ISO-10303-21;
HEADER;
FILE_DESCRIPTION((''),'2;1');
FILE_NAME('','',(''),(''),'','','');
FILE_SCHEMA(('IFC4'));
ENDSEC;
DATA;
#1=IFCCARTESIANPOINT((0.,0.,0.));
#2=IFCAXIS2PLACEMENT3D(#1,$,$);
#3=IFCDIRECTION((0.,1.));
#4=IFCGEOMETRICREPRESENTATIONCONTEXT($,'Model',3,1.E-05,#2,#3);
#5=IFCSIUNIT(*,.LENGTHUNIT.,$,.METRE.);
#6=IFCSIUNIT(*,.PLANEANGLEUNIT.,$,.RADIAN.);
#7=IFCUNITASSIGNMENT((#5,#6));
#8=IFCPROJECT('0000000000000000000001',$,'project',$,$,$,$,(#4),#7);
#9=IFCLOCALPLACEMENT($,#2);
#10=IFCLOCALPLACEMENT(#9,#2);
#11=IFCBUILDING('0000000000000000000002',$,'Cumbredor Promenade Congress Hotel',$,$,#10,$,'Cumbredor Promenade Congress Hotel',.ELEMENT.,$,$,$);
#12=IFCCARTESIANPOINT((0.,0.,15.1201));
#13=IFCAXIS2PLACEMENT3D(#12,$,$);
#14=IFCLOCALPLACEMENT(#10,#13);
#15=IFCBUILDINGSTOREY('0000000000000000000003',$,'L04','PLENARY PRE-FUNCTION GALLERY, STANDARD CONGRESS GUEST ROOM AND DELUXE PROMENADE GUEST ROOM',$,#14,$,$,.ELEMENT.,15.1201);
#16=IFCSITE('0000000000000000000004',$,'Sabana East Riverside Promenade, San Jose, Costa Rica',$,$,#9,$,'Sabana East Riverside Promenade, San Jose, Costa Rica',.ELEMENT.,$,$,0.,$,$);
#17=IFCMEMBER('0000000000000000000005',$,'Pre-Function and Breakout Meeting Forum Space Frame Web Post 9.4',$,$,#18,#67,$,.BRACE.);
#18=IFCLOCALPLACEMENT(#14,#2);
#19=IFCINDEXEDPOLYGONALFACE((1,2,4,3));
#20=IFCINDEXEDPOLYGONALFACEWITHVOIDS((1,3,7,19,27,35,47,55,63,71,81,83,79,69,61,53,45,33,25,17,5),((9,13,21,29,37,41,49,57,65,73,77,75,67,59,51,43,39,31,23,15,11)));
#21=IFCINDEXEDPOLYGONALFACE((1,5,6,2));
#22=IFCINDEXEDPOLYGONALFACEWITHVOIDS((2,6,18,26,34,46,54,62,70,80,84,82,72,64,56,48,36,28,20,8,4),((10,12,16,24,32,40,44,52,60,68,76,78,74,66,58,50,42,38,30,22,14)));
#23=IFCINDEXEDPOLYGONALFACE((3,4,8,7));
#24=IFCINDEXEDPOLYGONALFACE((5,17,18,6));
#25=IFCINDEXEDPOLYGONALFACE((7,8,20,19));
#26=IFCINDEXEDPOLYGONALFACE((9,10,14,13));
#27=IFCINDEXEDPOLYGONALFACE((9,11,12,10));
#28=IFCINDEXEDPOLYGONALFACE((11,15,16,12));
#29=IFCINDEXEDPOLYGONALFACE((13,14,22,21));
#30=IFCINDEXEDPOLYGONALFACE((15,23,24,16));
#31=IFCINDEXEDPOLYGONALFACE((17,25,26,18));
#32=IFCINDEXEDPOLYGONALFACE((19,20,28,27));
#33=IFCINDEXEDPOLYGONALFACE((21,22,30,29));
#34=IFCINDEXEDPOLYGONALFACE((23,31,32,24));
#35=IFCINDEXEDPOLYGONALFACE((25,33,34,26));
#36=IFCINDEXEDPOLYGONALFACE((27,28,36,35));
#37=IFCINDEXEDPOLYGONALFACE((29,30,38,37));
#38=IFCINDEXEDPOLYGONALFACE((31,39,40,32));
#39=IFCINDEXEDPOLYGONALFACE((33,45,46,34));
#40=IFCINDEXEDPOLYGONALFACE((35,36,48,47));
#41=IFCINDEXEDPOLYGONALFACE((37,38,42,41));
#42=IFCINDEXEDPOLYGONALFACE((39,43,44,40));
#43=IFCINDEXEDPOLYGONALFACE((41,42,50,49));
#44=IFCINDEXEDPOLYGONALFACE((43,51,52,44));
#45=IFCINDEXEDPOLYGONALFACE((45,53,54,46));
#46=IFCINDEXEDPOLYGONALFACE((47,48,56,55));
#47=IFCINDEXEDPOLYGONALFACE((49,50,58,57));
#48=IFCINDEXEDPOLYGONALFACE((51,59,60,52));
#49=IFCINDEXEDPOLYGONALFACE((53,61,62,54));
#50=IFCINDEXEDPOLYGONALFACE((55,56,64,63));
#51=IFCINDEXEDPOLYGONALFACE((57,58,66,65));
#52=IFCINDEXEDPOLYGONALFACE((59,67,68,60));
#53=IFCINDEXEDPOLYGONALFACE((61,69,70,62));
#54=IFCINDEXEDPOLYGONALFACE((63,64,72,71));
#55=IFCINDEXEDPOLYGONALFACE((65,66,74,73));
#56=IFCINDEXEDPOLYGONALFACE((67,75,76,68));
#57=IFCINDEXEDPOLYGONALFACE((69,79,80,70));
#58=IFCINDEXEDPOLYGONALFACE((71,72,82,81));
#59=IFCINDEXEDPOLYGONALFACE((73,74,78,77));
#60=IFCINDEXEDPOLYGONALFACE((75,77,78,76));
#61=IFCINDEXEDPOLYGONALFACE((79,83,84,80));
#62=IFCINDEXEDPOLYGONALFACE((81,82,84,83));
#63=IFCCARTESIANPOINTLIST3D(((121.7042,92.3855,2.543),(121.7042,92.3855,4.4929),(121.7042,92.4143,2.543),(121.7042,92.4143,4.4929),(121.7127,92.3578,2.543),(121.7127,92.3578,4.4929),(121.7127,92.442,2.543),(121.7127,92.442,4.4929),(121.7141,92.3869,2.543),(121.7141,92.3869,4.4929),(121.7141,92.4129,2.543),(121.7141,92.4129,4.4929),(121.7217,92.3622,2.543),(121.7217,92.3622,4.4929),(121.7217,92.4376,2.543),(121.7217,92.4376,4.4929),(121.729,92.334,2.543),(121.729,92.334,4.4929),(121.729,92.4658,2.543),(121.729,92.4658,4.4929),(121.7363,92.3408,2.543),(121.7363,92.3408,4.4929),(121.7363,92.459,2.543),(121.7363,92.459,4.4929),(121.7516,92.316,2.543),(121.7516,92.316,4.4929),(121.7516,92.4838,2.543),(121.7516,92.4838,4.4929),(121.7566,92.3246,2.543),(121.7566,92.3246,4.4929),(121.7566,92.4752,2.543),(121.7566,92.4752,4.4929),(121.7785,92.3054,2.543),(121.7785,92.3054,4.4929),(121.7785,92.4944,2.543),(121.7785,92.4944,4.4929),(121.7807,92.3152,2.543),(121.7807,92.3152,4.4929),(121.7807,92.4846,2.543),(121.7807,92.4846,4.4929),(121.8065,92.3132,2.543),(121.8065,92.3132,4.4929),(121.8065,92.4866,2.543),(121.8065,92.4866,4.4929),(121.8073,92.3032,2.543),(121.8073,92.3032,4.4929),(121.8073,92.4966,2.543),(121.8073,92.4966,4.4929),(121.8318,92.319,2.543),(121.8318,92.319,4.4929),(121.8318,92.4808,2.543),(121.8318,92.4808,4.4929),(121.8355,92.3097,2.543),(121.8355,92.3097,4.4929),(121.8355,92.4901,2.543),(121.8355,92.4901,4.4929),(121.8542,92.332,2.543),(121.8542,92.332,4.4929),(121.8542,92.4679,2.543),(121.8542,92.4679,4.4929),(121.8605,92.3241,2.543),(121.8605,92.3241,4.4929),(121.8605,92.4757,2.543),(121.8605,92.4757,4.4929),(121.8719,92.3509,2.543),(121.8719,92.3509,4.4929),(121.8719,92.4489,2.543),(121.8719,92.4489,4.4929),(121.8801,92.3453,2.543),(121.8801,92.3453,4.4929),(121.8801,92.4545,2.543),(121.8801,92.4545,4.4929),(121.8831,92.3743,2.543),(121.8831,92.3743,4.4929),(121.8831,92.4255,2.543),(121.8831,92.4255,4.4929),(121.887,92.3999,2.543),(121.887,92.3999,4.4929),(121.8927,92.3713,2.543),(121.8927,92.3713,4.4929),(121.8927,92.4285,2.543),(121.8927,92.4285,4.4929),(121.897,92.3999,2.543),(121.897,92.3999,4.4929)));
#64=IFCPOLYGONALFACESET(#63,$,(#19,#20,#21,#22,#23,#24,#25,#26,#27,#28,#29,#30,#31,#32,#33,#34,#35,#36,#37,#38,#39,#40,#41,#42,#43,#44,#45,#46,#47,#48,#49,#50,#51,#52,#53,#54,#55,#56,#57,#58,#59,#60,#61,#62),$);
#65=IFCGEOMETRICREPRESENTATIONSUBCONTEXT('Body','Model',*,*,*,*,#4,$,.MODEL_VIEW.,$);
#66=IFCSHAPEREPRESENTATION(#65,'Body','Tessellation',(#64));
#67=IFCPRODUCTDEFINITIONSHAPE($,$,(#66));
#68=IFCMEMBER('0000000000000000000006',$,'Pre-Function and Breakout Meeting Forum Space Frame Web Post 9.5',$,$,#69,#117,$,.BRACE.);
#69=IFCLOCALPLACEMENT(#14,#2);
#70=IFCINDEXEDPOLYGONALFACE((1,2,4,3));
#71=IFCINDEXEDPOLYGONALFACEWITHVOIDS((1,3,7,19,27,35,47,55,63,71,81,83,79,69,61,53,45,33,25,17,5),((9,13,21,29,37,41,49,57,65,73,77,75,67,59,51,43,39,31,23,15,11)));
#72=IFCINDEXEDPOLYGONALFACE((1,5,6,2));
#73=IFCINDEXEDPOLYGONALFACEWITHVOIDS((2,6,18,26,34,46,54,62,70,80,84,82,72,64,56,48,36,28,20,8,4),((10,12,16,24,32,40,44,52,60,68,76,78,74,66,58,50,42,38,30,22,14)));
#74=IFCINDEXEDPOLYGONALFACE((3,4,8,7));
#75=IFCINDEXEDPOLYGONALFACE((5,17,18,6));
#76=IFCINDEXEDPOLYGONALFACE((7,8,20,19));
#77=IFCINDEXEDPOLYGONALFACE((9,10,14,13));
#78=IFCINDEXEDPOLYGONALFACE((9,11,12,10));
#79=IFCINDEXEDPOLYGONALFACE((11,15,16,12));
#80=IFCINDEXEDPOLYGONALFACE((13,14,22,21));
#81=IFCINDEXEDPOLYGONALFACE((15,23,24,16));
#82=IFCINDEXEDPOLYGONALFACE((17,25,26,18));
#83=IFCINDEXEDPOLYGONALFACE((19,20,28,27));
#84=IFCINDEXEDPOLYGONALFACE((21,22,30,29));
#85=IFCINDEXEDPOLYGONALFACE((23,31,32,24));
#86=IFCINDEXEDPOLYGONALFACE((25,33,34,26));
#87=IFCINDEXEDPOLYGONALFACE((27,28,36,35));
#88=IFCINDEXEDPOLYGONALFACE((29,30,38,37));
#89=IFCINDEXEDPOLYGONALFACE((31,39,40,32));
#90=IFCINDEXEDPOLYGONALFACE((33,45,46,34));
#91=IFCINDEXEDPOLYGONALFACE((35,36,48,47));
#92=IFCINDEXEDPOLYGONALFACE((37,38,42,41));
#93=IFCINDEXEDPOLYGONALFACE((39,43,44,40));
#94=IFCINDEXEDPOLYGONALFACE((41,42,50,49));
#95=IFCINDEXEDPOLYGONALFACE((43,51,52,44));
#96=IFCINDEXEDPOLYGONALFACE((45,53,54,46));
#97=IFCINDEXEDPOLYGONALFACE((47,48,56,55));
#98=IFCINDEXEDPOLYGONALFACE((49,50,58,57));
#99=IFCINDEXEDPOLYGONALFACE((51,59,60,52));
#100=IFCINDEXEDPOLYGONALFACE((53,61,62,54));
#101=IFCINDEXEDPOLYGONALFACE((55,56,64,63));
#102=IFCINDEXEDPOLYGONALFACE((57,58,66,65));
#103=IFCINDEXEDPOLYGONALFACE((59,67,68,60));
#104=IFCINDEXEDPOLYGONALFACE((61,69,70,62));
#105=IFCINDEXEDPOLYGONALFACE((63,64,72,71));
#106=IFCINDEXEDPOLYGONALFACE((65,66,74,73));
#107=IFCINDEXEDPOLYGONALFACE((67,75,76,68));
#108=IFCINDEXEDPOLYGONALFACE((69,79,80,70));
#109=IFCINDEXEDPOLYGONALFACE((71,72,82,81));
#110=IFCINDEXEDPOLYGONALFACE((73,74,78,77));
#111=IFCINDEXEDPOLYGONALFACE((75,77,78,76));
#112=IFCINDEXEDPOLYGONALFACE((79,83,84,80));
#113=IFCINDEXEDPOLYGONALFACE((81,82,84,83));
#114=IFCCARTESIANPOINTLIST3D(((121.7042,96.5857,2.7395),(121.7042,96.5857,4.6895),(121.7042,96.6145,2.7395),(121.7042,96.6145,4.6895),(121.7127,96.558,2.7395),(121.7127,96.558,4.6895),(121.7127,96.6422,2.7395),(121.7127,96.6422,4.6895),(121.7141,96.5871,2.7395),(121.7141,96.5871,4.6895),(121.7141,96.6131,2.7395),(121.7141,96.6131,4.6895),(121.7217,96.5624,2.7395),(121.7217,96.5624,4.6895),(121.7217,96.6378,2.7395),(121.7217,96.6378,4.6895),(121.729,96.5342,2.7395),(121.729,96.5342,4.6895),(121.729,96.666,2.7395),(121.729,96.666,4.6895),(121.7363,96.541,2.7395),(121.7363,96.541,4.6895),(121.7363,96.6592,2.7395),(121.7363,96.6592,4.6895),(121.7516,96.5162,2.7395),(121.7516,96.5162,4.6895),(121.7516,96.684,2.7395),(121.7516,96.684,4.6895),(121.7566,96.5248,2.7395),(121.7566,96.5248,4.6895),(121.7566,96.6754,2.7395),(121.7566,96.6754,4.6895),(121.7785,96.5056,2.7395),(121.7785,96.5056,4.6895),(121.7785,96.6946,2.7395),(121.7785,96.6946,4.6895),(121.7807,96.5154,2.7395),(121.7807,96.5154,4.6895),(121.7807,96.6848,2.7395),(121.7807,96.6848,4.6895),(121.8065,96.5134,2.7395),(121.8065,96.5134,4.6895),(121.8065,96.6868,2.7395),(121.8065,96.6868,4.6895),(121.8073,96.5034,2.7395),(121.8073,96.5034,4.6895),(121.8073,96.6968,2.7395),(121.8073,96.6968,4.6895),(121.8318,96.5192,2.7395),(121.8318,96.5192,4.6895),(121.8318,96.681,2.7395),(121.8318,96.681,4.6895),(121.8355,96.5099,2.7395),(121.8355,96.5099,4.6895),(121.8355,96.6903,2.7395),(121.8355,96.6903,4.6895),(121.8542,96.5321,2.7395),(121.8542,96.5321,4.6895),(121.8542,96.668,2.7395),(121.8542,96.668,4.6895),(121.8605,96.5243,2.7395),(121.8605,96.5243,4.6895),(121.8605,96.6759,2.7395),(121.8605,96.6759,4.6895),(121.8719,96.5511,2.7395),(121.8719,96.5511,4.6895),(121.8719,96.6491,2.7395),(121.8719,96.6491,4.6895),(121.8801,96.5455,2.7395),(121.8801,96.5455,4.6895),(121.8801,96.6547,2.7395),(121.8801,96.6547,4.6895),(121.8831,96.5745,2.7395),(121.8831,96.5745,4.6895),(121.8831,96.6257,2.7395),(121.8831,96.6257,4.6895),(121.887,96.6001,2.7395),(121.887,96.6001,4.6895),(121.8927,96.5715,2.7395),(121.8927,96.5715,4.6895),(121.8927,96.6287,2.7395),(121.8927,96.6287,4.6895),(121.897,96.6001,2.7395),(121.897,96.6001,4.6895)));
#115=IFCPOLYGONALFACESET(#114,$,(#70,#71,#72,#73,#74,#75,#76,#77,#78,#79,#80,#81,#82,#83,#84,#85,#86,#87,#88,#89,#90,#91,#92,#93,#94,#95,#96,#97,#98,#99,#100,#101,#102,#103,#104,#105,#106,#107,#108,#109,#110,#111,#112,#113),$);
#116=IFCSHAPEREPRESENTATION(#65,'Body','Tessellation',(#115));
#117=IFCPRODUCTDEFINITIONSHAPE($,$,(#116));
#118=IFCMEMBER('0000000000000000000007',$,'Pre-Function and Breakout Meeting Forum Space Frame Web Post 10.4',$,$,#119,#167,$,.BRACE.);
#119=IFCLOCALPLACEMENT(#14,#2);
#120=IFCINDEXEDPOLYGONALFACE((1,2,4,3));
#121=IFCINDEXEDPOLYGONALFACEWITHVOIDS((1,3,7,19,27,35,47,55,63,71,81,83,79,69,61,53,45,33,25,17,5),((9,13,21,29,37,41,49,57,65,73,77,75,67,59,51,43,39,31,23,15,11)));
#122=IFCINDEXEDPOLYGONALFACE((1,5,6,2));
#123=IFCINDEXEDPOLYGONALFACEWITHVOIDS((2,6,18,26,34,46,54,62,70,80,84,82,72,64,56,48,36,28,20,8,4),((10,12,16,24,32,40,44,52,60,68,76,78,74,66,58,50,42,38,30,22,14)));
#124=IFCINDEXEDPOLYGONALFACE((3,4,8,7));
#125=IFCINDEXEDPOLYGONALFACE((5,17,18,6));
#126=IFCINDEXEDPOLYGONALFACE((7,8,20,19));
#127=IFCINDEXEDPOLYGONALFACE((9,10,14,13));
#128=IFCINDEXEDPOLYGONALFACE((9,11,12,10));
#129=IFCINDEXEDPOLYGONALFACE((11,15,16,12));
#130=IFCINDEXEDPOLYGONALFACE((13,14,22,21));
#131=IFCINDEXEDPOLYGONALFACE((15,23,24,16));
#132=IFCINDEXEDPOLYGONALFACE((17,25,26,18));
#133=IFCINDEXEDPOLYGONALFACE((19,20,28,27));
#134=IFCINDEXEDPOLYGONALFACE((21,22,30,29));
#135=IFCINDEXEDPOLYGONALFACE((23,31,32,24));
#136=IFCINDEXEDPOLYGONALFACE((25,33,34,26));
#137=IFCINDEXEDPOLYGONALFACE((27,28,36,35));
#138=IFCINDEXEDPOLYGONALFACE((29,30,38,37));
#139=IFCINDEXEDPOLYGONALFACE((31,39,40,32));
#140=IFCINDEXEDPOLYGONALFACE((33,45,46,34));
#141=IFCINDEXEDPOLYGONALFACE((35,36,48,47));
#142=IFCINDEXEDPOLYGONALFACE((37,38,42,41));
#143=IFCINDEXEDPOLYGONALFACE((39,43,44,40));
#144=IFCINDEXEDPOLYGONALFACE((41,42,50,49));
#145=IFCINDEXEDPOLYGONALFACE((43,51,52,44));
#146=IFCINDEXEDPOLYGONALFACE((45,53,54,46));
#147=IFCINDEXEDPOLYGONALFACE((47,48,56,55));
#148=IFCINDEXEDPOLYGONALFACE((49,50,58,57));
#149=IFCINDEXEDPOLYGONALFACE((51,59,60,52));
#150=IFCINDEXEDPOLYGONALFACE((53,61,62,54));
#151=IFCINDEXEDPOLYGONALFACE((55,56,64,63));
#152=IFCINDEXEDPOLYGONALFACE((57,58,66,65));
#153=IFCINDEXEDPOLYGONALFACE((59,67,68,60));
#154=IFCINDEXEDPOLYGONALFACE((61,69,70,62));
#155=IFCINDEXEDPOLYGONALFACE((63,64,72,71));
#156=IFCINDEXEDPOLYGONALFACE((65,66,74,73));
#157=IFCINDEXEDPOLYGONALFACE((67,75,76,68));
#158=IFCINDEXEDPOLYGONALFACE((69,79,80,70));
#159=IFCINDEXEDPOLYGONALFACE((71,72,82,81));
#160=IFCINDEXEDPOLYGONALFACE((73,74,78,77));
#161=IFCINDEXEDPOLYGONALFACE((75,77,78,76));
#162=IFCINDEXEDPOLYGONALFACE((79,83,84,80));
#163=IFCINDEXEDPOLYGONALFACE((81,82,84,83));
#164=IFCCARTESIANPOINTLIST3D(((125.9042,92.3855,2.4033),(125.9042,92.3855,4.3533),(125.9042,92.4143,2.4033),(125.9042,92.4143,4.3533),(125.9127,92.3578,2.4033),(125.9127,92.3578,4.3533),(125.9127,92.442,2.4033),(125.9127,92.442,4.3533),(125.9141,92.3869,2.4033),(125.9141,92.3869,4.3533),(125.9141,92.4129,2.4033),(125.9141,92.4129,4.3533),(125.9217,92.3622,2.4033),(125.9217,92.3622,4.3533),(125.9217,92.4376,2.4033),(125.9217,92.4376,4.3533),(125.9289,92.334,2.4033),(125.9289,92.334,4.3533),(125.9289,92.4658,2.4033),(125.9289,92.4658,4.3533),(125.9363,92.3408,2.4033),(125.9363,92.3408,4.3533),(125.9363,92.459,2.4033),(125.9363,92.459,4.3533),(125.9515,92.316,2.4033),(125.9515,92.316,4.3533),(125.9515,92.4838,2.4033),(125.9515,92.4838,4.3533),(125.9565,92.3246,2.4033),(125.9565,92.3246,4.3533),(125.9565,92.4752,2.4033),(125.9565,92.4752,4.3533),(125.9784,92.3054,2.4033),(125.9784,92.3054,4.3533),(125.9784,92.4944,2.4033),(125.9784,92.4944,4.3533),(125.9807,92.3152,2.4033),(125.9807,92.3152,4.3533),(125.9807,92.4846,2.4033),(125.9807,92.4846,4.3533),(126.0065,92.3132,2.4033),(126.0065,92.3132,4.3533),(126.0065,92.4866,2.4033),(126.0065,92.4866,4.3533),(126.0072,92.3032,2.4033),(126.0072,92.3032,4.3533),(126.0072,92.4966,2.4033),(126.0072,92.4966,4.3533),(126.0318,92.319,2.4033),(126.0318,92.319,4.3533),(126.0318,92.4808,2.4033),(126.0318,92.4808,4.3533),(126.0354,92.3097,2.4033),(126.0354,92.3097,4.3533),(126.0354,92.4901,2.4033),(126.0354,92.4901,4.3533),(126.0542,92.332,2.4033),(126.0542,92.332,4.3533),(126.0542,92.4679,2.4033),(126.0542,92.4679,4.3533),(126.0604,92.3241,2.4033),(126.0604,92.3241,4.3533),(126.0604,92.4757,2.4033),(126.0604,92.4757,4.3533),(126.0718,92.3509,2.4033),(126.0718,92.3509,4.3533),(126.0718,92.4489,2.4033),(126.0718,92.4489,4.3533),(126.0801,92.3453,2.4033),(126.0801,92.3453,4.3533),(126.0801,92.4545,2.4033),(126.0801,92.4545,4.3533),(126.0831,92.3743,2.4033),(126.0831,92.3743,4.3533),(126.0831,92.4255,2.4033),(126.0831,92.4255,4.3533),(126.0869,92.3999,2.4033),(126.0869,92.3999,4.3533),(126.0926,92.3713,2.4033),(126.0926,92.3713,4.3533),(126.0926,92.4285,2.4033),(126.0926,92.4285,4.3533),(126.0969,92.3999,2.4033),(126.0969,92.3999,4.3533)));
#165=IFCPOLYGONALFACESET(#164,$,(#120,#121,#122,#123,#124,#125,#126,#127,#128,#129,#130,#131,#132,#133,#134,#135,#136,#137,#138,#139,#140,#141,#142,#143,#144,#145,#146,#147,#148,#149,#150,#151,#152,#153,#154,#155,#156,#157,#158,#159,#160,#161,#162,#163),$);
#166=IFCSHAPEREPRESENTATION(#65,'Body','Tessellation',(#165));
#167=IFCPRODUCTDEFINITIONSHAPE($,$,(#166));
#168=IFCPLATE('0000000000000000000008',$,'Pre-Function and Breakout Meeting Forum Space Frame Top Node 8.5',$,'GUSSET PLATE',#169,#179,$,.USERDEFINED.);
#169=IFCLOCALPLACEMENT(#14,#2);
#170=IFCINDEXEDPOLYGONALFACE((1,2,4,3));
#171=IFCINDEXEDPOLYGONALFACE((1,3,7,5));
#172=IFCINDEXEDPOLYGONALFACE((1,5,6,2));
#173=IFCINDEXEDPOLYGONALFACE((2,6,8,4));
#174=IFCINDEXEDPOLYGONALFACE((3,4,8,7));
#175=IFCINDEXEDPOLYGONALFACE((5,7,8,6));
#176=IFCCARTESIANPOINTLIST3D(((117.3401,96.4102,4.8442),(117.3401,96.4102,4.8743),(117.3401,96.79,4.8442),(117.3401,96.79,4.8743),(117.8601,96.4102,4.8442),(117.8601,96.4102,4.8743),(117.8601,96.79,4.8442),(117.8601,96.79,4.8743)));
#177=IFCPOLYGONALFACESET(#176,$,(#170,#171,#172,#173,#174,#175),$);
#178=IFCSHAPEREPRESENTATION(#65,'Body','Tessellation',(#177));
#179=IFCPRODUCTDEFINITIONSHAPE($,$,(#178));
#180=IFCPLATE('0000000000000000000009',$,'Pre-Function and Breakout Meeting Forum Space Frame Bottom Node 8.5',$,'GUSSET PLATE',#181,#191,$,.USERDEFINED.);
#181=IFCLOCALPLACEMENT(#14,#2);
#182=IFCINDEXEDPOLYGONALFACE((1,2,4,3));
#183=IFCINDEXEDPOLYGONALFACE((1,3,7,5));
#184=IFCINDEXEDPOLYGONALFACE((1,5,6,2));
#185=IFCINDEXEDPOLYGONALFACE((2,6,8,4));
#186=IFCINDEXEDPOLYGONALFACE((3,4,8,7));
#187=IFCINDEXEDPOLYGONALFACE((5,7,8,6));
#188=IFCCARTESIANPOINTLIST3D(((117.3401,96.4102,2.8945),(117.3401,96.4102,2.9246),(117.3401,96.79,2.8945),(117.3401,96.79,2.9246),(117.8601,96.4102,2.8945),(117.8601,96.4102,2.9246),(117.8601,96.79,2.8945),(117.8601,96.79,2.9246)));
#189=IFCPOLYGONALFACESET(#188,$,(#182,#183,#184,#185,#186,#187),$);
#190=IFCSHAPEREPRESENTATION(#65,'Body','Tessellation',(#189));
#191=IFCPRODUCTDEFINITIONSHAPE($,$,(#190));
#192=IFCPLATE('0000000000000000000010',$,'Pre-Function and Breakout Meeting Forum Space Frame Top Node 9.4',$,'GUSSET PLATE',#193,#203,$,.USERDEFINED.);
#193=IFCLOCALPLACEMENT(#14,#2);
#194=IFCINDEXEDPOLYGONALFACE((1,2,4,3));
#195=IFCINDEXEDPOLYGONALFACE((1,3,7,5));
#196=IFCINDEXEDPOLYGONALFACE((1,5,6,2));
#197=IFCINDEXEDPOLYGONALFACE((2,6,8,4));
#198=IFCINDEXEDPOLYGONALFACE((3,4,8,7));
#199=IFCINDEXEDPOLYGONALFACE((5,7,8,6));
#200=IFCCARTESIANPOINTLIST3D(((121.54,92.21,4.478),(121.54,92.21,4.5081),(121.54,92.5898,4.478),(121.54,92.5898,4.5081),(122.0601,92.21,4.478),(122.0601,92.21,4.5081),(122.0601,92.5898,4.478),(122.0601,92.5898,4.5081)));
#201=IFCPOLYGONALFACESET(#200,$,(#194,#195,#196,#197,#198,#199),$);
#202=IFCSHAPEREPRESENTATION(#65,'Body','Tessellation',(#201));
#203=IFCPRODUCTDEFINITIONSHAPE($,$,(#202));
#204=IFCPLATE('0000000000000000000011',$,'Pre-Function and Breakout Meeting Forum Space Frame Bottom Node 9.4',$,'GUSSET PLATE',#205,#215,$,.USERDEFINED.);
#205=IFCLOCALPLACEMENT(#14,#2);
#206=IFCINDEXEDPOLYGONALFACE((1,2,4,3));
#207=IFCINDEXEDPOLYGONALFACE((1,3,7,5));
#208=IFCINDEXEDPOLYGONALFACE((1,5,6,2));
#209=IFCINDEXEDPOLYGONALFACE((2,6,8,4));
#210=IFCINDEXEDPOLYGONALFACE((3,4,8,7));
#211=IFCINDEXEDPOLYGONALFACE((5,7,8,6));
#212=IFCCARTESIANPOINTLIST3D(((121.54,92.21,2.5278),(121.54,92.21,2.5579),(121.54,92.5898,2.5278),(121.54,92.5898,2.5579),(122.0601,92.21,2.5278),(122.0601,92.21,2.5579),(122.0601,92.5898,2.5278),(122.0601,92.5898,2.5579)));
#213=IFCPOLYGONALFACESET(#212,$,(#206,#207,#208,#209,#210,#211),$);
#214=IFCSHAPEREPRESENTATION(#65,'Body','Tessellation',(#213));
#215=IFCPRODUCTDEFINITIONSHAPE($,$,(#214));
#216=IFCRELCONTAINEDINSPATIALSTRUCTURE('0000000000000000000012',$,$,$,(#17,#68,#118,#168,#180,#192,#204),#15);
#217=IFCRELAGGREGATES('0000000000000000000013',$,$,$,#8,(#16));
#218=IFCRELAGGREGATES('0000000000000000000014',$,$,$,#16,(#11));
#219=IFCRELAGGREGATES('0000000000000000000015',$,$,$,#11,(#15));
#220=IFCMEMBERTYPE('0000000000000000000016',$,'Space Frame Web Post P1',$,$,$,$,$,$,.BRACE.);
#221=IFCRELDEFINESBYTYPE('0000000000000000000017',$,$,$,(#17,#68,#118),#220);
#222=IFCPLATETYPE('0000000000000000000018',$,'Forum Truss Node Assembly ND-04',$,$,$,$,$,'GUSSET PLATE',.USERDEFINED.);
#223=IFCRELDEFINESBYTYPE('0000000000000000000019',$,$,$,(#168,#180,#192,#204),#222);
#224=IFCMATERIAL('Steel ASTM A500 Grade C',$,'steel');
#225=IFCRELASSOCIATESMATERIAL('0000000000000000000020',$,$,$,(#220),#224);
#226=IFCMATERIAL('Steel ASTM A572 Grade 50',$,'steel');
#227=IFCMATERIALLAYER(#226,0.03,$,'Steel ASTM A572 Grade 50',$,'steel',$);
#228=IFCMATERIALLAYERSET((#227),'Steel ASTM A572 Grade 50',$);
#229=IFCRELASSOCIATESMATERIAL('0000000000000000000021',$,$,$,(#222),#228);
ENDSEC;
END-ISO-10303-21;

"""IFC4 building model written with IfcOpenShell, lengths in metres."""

from ifc_helpers import new_model, si_unit, direction, frame, origin, origin_2d, place, context, subcontext, project, spatial, rectangle, hollow_circle, extrude, material, layer, layer_set, material_profile, profile_set, type_object, element, save


model = new_model("IFC4")

# Units and contexts
model_context = context("Model", 3, precision=1e-05, world=origin(), true_north=direction((0.0, 1.0)))
body_context = subcontext(model_context, "Body", "Model", "MODEL_VIEW")
ifc_project = project(units=[si_unit("LENGTHUNIT", "METRE"), si_unit("PLANEANGLEUNIT", "RADIAN")], contexts=[model_context])

# Site, building, storey
site_placement = place(None, origin())
site = spatial("IfcSite", under=ifc_project, at=site_placement, Name="Sabana East Riverside Promenade, San Jose, Costa Rica", LongName="Sabana East Riverside Promenade, San Jose, Costa Rica", CompositionType="ELEMENT", RefElevation=0.0)
building_placement = place(site_placement, origin())
building = spatial("IfcBuilding", under=site, at=building_placement, Name="Cumbredor Promenade Congress Hotel", LongName="Cumbredor Promenade Congress Hotel", CompositionType="ELEMENT")
storey_placement = place(building_placement, frame((0.0, 0.0, 15.1201)))
storey = spatial("IfcBuildingStorey", under=building, at=storey_placement, Name="L04", Description="PLENARY PRE-FUNCTION GALLERY, STANDARD CONGRESS GUEST ROOM AND DELUXE PROMENADE GUEST ROOM", CompositionType="ELEMENT", Elevation=15.1201)

# Members
ifc_material_1 = material(Name="Steel ASTM A500 Grade C", Category="steel")
ifc_material_profile_1 = material_profile(ifc_material_1, hollow_circle(Radius=0.0969, WallThickness=0.01, at=origin_2d()), Name="CHS 193.7x10")
ifc_profile_set_1 = profile_set([ifc_material_profile_1], Name="Steel ASTM A500 Grade C")
member_type_1 = type_object("IfcMemberType", Name="Space Frame Web Post P1", PredefinedType="BRACE", material=ifc_profile_set_1)
for number, where, z_axis, x_axis, name in (
    (1, (121.8, 92.3999, 2.543), (0.0, 0.0, 1.0), (1.0, 0.0, 0.0), "Pre-Function and Breakout Meeting Forum Space Frame Web Post 9.4"),
    (2, (121.8, 96.6001, 2.7395), (0.0, 0.0, 1.0), (1.0, 0.0, 0.0), "Pre-Function and Breakout Meeting Forum Space Frame Web Post 9.5"),
    (3, (126.0, 92.3999, 2.4033), (0.0, 0.0, 1.0), (1.0, 0.0, 0.0), "Pre-Function and Breakout Meeting Forum Space Frame Web Post 10.4"),
):
    element("IfcMember", number, at=place(storey_placement, frame(where, z_axis=z_axis, x_axis=x_axis)), inside=storey, type_object=member_type_1, Name=name, PredefinedType="BRACE", context=body_context, shape_type="SweptSolid", body=[
        extrude(hollow_circle(Radius=0.0969, WallThickness=0.01, at=origin_2d()), origin(), (0.0, 0.0, 1.0), 1.95),
    ])

# Plates
ifc_material_2 = material(Name="Steel ASTM A572 Grade 50", Category="steel")
ifc_layer = layer(ifc_material_2, 0.03, Name="Steel ASTM A572 Grade 50", Category="steel")
ifc_layer_set = layer_set([ifc_layer], Name="Steel ASTM A572 Grade 50")
plate_type = type_object("IfcPlateType", Name="Forum Truss Node Assembly ND-04", ElementType="GUSSET PLATE", PredefinedType="USERDEFINED", material=ifc_layer_set)
for number, where, z_axis, x_axis, name in (
    (4, (117.6001, 96.6001, 4.8442), (0.0, 0.0, 1.0), (1.0, 0.0, 0.0), "Pre-Function and Breakout Meeting Forum Space Frame Top Node 8.5"),
    (5, (117.6001, 96.6001, 2.8945), (0.0, 0.0, 1.0), (1.0, 0.0, 0.0), "Pre-Function and Breakout Meeting Forum Space Frame Bottom Node 8.5"),
    (6, (121.8, 92.3999, 4.478), (0.0, 0.0, 1.0), (1.0, 0.0, 0.0), "Pre-Function and Breakout Meeting Forum Space Frame Top Node 9.4"),
    (7, (121.8, 92.3999, 2.5278), (0.0, 0.0, 1.0), (1.0, 0.0, 0.0), "Pre-Function and Breakout Meeting Forum Space Frame Bottom Node 9.4"),
):
    element("IfcPlate", number, at=place(storey_placement, frame(where, z_axis=z_axis, x_axis=x_axis)), inside=storey, type_object=plate_type, Name=name, ObjectType="GUSSET PLATE", PredefinedType="USERDEFINED", context=body_context, shape_type="SweptSolid", body=[
        extrude(rectangle(XDim=0.52, YDim=0.3799, at=origin_2d()), origin(), (0.0, 0.0, 1.0), 0.03),
    ])

save(model, "model.ifc")
